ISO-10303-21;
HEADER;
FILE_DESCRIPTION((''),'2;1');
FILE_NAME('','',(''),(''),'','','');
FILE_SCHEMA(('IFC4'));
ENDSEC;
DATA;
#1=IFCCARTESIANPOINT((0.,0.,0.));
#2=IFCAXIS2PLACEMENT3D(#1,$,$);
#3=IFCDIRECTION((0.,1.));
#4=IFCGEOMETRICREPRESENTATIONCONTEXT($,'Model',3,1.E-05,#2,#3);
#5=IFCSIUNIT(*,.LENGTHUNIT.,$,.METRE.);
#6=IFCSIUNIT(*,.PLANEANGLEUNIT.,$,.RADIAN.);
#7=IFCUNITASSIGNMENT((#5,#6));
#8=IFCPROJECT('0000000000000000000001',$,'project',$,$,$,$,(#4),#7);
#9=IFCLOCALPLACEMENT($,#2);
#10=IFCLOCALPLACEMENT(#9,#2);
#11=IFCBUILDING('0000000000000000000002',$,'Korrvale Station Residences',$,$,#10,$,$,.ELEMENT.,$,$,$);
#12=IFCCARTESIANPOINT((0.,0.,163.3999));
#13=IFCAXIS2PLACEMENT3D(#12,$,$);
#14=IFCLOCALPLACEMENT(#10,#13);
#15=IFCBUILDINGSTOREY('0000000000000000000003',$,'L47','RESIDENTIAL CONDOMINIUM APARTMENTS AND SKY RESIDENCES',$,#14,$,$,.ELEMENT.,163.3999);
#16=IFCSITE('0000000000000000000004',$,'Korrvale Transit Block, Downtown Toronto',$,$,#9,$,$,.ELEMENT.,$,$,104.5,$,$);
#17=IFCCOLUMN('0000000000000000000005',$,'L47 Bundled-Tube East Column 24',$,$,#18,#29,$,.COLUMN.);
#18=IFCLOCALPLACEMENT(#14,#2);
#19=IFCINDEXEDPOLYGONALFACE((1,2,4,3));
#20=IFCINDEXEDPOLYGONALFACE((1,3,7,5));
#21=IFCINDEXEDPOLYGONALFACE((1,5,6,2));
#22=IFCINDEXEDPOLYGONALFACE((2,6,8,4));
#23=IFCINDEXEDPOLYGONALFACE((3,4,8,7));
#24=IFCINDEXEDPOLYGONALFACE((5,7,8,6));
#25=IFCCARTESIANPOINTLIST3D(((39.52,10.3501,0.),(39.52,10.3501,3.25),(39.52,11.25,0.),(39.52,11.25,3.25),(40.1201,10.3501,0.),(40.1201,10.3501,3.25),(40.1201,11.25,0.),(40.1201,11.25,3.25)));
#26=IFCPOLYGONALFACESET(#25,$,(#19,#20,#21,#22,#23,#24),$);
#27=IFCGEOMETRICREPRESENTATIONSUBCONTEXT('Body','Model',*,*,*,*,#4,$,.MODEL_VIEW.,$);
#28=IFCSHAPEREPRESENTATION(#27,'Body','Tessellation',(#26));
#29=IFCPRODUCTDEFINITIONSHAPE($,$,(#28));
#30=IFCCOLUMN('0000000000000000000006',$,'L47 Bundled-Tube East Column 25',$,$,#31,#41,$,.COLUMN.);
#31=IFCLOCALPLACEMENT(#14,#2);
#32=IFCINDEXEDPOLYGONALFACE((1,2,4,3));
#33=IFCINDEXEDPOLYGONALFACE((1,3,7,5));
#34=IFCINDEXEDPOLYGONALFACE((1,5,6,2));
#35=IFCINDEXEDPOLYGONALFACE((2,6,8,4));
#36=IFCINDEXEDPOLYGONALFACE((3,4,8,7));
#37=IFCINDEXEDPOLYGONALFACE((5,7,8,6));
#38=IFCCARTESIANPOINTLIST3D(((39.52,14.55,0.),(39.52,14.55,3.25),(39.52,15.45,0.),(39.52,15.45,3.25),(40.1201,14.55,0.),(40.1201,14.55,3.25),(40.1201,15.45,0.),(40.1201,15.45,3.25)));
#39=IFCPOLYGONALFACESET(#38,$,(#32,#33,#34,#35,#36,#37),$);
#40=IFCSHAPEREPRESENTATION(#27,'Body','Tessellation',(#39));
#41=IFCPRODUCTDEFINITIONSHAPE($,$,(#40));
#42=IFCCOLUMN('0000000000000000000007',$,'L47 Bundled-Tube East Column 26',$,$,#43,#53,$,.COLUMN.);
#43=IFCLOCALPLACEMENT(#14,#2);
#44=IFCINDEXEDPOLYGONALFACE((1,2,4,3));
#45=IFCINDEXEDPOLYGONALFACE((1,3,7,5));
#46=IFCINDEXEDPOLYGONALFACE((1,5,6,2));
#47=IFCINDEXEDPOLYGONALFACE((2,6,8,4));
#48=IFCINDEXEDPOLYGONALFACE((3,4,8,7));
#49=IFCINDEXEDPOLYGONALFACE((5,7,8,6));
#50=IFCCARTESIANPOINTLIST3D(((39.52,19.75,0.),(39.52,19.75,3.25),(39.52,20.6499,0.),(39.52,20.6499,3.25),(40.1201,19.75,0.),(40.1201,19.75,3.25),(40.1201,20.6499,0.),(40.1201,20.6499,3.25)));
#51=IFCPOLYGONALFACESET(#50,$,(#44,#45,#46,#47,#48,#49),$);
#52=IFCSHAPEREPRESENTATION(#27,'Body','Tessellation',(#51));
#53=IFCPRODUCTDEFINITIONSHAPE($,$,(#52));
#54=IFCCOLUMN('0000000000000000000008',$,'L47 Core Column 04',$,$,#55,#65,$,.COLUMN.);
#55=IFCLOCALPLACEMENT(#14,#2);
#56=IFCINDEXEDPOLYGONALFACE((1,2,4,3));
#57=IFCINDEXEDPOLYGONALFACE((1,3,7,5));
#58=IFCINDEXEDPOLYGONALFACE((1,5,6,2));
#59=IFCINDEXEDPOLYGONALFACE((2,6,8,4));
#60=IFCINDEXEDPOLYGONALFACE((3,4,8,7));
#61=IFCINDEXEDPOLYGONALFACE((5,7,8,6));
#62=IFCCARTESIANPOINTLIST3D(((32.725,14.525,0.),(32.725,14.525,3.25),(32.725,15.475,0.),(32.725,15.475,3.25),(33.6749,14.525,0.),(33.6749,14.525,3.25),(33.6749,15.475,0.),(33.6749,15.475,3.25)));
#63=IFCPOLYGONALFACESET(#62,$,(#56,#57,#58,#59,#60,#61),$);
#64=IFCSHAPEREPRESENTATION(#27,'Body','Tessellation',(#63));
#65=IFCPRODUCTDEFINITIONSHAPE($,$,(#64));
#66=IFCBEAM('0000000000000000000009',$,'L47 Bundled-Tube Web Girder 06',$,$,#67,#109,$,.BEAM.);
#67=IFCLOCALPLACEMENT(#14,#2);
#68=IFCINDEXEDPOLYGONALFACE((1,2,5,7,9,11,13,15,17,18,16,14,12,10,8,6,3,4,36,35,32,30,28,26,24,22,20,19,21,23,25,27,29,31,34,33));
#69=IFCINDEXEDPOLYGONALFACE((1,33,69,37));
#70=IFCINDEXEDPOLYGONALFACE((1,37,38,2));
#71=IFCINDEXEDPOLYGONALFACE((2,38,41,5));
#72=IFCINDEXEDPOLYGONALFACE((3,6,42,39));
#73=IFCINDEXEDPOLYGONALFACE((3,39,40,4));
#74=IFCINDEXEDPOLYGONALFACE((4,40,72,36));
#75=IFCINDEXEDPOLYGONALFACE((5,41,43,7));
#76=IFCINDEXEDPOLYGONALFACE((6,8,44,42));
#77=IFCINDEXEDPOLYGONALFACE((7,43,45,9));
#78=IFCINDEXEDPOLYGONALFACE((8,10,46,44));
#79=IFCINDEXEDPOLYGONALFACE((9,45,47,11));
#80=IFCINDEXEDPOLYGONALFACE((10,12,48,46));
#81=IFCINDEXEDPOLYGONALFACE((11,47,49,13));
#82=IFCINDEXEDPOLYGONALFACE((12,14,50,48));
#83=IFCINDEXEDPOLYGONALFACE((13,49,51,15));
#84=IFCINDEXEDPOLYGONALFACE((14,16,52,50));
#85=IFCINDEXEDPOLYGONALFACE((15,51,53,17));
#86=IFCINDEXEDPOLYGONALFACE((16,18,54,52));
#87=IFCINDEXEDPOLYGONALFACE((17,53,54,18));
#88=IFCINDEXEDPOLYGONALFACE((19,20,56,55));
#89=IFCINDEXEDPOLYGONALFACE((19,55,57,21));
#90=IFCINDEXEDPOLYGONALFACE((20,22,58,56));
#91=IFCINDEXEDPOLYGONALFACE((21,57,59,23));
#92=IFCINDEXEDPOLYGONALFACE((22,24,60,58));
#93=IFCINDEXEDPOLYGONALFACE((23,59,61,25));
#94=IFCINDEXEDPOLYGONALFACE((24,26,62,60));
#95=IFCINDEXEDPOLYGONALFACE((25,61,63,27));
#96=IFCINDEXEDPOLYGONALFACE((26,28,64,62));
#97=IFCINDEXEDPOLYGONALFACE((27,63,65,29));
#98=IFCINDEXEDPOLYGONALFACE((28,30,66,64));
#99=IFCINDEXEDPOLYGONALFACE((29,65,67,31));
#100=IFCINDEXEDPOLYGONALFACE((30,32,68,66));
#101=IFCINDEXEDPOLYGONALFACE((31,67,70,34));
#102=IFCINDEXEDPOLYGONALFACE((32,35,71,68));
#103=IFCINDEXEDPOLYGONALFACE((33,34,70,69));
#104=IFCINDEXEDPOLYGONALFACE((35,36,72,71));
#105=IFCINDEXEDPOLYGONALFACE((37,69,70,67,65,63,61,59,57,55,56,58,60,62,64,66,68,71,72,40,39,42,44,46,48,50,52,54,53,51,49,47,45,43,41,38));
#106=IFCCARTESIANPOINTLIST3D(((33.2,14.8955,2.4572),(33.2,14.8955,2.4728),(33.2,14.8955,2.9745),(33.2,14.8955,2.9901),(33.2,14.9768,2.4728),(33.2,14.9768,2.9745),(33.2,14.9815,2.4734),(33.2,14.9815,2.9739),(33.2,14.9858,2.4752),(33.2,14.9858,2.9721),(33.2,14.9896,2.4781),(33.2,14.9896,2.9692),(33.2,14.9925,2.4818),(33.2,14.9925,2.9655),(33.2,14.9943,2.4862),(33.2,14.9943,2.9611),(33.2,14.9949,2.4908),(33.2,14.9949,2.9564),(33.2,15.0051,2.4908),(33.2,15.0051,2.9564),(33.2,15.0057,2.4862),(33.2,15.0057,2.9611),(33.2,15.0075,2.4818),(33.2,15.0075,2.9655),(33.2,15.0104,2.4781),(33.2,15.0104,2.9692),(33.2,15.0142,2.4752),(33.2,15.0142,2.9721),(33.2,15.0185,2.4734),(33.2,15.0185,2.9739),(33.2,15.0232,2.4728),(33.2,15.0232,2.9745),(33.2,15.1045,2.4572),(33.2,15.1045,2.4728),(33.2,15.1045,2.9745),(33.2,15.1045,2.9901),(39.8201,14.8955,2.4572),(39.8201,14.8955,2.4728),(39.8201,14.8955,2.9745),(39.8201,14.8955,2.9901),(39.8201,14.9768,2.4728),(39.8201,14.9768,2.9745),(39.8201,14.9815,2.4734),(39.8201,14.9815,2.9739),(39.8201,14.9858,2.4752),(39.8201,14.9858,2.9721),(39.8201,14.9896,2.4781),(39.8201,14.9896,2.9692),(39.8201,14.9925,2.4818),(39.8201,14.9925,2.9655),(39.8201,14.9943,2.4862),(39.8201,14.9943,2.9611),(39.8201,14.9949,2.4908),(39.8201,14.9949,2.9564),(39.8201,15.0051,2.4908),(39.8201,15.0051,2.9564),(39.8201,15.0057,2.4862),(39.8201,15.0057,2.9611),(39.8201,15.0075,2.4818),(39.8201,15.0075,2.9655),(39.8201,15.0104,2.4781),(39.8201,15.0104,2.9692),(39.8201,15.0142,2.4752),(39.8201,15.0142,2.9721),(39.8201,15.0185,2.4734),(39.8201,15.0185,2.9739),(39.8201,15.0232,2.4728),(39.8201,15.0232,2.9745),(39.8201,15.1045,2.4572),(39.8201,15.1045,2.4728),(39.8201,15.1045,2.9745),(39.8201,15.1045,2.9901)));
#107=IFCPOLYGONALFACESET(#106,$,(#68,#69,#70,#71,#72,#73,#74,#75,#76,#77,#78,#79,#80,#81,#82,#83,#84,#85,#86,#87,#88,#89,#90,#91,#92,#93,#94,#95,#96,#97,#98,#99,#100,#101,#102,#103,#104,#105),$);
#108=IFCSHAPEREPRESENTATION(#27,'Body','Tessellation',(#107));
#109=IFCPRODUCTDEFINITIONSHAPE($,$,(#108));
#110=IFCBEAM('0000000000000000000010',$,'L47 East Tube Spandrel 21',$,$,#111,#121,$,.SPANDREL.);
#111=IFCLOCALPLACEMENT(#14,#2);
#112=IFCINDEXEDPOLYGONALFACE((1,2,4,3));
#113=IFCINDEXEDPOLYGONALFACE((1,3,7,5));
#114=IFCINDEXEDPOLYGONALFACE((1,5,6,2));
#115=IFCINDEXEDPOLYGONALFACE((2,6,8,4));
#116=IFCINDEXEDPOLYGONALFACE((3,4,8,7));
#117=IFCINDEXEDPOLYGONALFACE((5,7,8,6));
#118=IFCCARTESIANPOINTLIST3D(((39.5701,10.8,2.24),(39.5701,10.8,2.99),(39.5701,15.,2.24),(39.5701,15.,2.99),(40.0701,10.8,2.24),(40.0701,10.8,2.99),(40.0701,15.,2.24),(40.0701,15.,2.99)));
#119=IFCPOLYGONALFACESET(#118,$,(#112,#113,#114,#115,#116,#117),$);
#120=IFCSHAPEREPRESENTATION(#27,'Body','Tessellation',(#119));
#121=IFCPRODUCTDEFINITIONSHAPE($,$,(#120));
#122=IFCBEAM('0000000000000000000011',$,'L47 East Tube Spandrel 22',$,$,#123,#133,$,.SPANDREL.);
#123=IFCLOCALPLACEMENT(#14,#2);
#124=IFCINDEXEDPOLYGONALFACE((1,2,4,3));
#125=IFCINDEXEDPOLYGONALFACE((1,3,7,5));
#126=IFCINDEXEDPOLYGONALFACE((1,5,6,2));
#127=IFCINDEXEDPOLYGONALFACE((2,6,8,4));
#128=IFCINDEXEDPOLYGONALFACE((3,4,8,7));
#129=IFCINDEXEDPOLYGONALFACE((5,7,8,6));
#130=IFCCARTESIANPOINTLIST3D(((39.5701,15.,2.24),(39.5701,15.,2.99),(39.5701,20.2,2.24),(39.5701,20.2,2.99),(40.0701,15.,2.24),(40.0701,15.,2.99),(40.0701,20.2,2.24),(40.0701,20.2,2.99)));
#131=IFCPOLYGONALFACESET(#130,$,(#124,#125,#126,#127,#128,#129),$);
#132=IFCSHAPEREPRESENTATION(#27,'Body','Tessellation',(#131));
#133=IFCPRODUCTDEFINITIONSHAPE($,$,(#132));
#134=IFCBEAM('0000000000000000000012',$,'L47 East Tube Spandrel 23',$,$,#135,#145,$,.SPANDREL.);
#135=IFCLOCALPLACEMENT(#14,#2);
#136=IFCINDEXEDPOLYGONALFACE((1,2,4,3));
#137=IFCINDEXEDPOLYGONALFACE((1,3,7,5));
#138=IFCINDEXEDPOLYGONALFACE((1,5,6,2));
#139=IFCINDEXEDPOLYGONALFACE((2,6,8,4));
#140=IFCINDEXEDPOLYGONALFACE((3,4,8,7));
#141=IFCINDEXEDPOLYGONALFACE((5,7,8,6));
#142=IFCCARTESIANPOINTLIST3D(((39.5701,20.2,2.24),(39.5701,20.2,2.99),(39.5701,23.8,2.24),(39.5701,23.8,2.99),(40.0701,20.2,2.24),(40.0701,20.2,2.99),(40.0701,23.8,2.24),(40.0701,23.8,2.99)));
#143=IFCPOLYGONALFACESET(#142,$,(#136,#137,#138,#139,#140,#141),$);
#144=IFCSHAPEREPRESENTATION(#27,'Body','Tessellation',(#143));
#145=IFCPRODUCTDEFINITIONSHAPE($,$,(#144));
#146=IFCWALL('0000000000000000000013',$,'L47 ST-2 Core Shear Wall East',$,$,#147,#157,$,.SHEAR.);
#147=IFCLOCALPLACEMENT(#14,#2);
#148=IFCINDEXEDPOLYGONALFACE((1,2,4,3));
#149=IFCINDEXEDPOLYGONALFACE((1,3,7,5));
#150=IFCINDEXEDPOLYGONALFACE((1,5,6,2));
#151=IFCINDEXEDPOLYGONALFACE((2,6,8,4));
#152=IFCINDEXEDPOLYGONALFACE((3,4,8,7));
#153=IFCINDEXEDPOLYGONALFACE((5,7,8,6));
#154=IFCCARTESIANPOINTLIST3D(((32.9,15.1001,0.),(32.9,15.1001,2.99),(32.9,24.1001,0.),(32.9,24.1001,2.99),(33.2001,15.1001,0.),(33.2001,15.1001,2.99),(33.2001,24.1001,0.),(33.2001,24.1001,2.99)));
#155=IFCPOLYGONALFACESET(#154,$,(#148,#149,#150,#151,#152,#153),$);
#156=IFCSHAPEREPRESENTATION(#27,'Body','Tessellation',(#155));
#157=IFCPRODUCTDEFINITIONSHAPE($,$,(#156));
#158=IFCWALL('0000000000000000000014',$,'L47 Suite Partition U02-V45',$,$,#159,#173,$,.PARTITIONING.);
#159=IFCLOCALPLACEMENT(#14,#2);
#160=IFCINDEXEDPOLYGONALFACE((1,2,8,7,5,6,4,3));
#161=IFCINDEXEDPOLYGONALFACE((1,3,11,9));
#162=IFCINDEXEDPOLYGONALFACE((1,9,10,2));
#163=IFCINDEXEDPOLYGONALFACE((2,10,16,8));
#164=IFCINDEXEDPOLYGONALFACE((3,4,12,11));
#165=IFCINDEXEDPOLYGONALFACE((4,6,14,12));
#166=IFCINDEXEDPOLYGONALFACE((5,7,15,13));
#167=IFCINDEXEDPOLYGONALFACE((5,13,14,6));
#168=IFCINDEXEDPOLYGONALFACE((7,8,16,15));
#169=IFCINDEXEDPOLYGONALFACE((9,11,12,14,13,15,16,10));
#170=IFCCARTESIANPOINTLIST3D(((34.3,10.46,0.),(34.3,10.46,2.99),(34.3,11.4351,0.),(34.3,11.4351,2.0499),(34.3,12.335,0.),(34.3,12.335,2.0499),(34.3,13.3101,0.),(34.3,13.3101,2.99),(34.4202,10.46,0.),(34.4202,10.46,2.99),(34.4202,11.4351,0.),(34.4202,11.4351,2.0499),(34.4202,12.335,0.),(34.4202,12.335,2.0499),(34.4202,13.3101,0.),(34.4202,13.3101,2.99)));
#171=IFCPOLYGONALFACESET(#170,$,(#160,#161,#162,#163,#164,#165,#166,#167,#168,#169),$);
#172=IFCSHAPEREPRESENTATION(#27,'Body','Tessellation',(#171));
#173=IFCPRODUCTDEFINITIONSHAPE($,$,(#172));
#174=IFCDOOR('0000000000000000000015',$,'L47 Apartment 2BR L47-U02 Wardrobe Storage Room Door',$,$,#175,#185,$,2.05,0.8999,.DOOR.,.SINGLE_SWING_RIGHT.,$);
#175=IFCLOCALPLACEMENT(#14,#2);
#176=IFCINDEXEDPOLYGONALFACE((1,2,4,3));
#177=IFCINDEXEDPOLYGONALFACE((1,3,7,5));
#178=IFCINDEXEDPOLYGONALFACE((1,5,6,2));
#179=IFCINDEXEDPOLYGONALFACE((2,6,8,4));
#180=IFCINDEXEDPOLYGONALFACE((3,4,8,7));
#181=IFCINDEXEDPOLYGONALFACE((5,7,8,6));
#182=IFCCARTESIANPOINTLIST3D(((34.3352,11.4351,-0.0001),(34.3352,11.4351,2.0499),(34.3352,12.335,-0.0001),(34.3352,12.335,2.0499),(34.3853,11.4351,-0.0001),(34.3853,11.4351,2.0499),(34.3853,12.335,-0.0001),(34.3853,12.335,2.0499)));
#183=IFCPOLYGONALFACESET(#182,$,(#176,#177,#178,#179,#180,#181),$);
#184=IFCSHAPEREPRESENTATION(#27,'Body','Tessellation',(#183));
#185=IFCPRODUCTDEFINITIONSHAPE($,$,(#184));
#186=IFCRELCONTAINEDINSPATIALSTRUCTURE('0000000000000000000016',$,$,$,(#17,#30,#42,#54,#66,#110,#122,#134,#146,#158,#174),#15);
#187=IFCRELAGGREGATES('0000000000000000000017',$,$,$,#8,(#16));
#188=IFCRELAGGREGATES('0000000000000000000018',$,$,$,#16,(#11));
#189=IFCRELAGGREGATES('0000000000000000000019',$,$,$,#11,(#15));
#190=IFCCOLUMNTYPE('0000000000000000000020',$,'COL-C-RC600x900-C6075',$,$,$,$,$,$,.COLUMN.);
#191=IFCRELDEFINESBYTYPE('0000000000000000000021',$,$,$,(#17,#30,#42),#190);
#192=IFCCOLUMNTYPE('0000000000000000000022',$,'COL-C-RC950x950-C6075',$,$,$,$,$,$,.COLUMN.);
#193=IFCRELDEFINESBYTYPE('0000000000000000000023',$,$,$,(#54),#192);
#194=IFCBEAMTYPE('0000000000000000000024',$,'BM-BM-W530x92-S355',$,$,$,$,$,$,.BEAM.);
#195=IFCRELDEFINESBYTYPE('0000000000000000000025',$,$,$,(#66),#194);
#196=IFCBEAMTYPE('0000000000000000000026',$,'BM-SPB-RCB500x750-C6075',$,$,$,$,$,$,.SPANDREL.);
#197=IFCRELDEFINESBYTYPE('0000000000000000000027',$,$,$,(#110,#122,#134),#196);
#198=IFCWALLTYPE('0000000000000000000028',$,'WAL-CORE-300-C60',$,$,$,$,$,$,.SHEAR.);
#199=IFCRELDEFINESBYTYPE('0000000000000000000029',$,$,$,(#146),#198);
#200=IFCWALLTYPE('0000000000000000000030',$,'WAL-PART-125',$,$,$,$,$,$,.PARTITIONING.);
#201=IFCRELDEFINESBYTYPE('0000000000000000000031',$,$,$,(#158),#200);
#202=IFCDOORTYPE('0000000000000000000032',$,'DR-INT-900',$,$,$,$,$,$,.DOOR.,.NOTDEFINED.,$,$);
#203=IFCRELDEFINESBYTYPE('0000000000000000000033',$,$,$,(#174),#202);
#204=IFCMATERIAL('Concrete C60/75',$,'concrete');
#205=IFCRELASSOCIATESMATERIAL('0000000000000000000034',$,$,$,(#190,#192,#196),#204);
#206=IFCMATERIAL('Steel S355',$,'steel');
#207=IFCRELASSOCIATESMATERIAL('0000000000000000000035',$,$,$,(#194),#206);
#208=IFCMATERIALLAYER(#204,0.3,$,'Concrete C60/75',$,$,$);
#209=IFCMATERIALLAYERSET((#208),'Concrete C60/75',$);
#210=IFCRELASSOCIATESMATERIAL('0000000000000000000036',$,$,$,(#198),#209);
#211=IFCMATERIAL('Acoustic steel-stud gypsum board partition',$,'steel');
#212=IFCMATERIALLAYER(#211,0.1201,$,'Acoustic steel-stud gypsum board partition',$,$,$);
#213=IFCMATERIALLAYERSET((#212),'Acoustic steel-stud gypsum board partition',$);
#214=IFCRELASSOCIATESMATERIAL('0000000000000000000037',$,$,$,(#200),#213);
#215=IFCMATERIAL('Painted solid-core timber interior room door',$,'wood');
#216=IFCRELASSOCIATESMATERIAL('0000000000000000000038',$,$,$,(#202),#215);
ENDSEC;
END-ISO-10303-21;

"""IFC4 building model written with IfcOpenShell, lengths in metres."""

from ifc_helpers import new_model, si_unit, direction, frame, frame_2d, origin, origin_2d, place, context, subcontext, project, spatial, rectangle, i_section, extrude, material, layer, layer_set, material_profile, profile_set, type_object, element, fill, save


model = new_model("IFC4")

# Units and contexts
model_context = context("Model", 3, precision=1e-05, world=origin(), true_north=direction((0.0, 1.0)))
body_context = subcontext(model_context, "Body", "Model", "MODEL_VIEW")
ifc_project = project(units=[si_unit("LENGTHUNIT", "METRE"), si_unit("PLANEANGLEUNIT", "RADIAN")], contexts=[model_context])

# Site, building, storey
site_placement = place(None, origin())
site = spatial("IfcSite", under=ifc_project, at=site_placement, Name="Korrvale Transit Block, Downtown Toronto", CompositionType="ELEMENT", RefElevation=104.5)
building_placement = place(site_placement, origin())
building = spatial("IfcBuilding", under=site, at=building_placement, Name="Korrvale Station Residences", CompositionType="ELEMENT")
storey_placement = place(building_placement, frame((0.0, 0.0, 163.3999)))
storey = spatial("IfcBuildingStorey", under=building, at=storey_placement, Name="L47", Description="RESIDENTIAL CONDOMINIUM APARTMENTS AND SKY RESIDENCES", CompositionType="ELEMENT", Elevation=163.3999)

# Columns
ifc_material_1 = material(Name="Concrete C60/75", Category="concrete")
ifc_material_profile_1 = material_profile(ifc_material_1, rectangle(XDim=0.6001, YDim=0.8999, at=origin_2d()), Name="RC600x900")
ifc_profile_set_1 = profile_set([ifc_material_profile_1], Name="Concrete C60/75")
column_type_1 = type_object("IfcColumnType", Name="COL-C-RC600x900-C6075", PredefinedType="COLUMN", material=ifc_profile_set_1)
for number, where, z_axis, x_axis, name in (
    (1, (39.8201, 10.8, 0.0), (0.0, 0.0, 1.0), (1.0, 0.0, 0.0), "L47 Bundled-Tube East Column 24"),
    (2, (39.8201, 15.0, 0.0), (0.0, 0.0, 1.0), (1.0, 0.0, 0.0), "L47 Bundled-Tube East Column 25"),
    (3, (39.8201, 20.2, 0.0), (0.0, 0.0, 1.0), (1.0, 0.0, 0.0), "L47 Bundled-Tube East Column 26"),
):
    element("IfcColumn", number, at=place(storey_placement, frame(where, z_axis=z_axis, x_axis=x_axis)), inside=storey, type_object=column_type_1, Name=name, PredefinedType="COLUMN", context=body_context, shape_type="SweptSolid", body=[
        extrude(rectangle(XDim=0.6001, YDim=0.8999, at=origin_2d()), origin(), (0.0, 0.0, 1.0), 3.25),
    ])
ifc_material_profile_2 = material_profile(ifc_material_1, rectangle(XDim=0.95, YDim=0.95, at=origin_2d()), Name="RC950x950")
ifc_profile_set_2 = profile_set([ifc_material_profile_2], Name="Concrete C60/75")
column_type_2 = type_object("IfcColumnType", Name="COL-C-RC950x950-C6075", PredefinedType="COLUMN", material=ifc_profile_set_2)
column_placement = place(storey_placement, frame((33.2, 15.0, 0.0), z_axis=(0.0, 0.0, 1.0), x_axis=(1.0, 0.0, 0.0)))
element("IfcColumn", 4, at=column_placement, inside=storey, type_object=column_type_2, Name="L47 Core Column 04", PredefinedType="COLUMN", context=body_context, shape_type="SweptSolid", body=[
    extrude(rectangle(XDim=0.95, YDim=0.95, at=origin_2d()), origin(), (0.0, 0.0, 1.0), 3.25),
])

# Beams
ifc_material_2 = material(Name="Steel S355", Category="steel")
ifc_material_profile_3 = material_profile(ifc_material_2, i_section(OverallWidth=0.209, OverallDepth=0.533, WebThickness=0.0103, FlangeThickness=0.0156, FilletRadius=0.0181, at=origin_2d()), Name="W530x92")
ifc_profile_set_3 = profile_set([ifc_material_profile_3], Name="Steel S355")
beam_type_1 = type_object("IfcBeamType", Name="BM-BM-W530x92-S355", PredefinedType="BEAM", material=ifc_profile_set_3)
beam_1_placement = place(storey_placement, frame((33.2, 15.0, 2.7236), z_axis=(1.0, 0.0, 0.0), x_axis=(0.0, 1.0, 0.0)))
element("IfcBeam", 5, at=beam_1_placement, inside=storey, type_object=beam_type_1, Name="L47 Bundled-Tube Web Girder 06", PredefinedType="BEAM", context=body_context, shape_type="SweptSolid", body=[
    extrude(i_section(OverallWidth=0.209, OverallDepth=0.533, WebThickness=0.0103, FlangeThickness=0.0156, FilletRadius=0.0181, at=origin_2d()), origin(), (0.0, 0.0, 1.0), 6.6201),
])
ifc_material_profile_4 = material_profile(ifc_material_1, rectangle(XDim=0.5, YDim=0.75, at=origin_2d()), Name="RCB500x750")
ifc_profile_set_4 = profile_set([ifc_material_profile_4], Name="Concrete C60/75")
beam_type_2 = type_object("IfcBeamType", Name="BM-SPB-RCB500x750-C6075", PredefinedType="SPANDREL", material=ifc_profile_set_4)
beam_2_placement = place(storey_placement, frame((39.8201, 10.8, 2.615), z_axis=(0.0, 1.0, 0.0), x_axis=(-1.0, 0.0, 0.0)))
element("IfcBeam", 6, at=beam_2_placement, inside=storey, type_object=beam_type_2, Name="L47 East Tube Spandrel 21", PredefinedType="SPANDREL", context=body_context, shape_type="SweptSolid", body=[
    extrude(rectangle(XDim=0.5, YDim=0.75, at=origin_2d()), origin(), (0.0, 0.0, 1.0), 4.2),
])
beam_3_placement = place(storey_placement, frame((39.8201, 15.0, 2.615), z_axis=(0.0, 1.0, 0.0), x_axis=(-1.0, 0.0, 0.0)))
element("IfcBeam", 7, at=beam_3_placement, inside=storey, type_object=beam_type_2, Name="L47 East Tube Spandrel 22", PredefinedType="SPANDREL", context=body_context, shape_type="SweptSolid", body=[
    extrude(rectangle(XDim=0.5, YDim=0.75, at=origin_2d()), origin(), (0.0, 0.0, 1.0), 5.2),
])
beam_4_placement = place(storey_placement, frame((39.8201, 20.2, 2.615), z_axis=(0.0, 1.0, 0.0), x_axis=(-1.0, 0.0, 0.0)))
element("IfcBeam", 8, at=beam_4_placement, inside=storey, type_object=beam_type_2, Name="L47 East Tube Spandrel 23", PredefinedType="SPANDREL", context=body_context, shape_type="SweptSolid", body=[
    extrude(rectangle(XDim=0.5, YDim=0.75, at=origin_2d()), origin(), (0.0, 0.0, 1.0), 3.6001),
])

# Wall
ifc_layer_1 = layer(ifc_material_1, 0.3, Name="Concrete C60/75")
ifc_layer_set_1 = layer_set([ifc_layer_1], Name="Concrete C60/75")
wall_type_1 = type_object("IfcWallType", Name="WAL-CORE-300-C60", PredefinedType="SHEAR", material=ifc_layer_set_1)
wall_1_placement = place(storey_placement, frame((33.05, 15.1001, 0.0), z_axis=(0.0, 0.0, 1.0), x_axis=(0.0, 1.0, 0.0)))
element("IfcWall", 9, at=wall_1_placement, inside=storey, type_object=wall_type_1, Name="L47 ST-2 Core Shear Wall East", PredefinedType="SHEAR", context=body_context, shape_type="SweptSolid", body=[
    extrude(rectangle(XDim=9.0, YDim=0.3, at=frame_2d((4.5, 0.0))), origin(), (0.0, 0.0, 1.0), 2.99),
])

# Wall, opening, door
ifc_material_3 = material(Name="Acoustic steel-stud gypsum board partition", Category="steel")
ifc_layer_2 = layer(ifc_material_3, 0.1201, Name="Acoustic steel-stud gypsum board partition")
ifc_layer_set_2 = layer_set([ifc_layer_2], Name="Acoustic steel-stud gypsum board partition")
wall_type_2 = type_object("IfcWallType", Name="WAL-PART-125", PredefinedType="PARTITIONING", material=ifc_layer_set_2)
wall_2_placement = place(storey_placement, frame((34.3601, 10.46, 0.0), z_axis=(0.0, 0.0, 1.0), x_axis=(0.0, 1.0, 0.0)))
wall_2 = element("IfcWall", 10, at=wall_2_placement, inside=storey, type_object=wall_type_2, Name="L47 Suite Partition U02-V45", PredefinedType="PARTITIONING", context=body_context, shape_type="SweptSolid", body=[
    extrude(rectangle(XDim=2.8501, YDim=0.1201, at=frame_2d((1.425, 0.0))), origin(), (0.0, 0.0, 1.0), 2.99),
])
opening_1_placement = place(wall_2_placement, frame((0.9751, 0.0, 0.0)))
opening_1 = element("IfcOpeningElement", 11, at=opening_1_placement, cuts=wall_2, PredefinedType="OPENING", context=body_context, shape_type="SweptSolid", body=[
    extrude(rectangle(XDim=0.8999, YDim=2.05, at=frame_2d((0.45, 1.0249))), frame((0.0, 0.0701, 0.0), z_axis=(0.0, -1.0, 0.0), x_axis=(1.0, 0.0, 0.0)), (0.0, 0.0, 1.0), 0.1401),
])
ifc_material_4 = material(Name="Painted solid-core timber interior room door", Category="wood")
door_type_1 = type_object("IfcDoorType", Name="DR-INT-900", OperationType="NOTDEFINED", PredefinedType="DOOR", material=ifc_material_4)
door_1_placement = place(opening_1_placement, origin())
door_1 = element("IfcDoor", 12, at=door_1_placement, inside=storey, type_object=door_type_1, Name="L47 Apartment 2BR L47-U02 Wardrobe Storage Room Door", OperationType="SINGLE_SWING_RIGHT", OverallHeight=2.05, OverallWidth=0.8999, PredefinedType="DOOR", context=body_context, shape_type="SweptSolid", body=[
    extrude(rectangle(XDim=0.8999, YDim=2.05, at=frame_2d((0.45, 1.0249))), frame((0.0, 0.0249, 0.0), z_axis=(0.0, -1.0, 0.0), x_axis=(1.0, 0.0, 0.0)), (0.0, 0.0, 1.0), 0.05),
])
fill(opening_1, door_1)

save(model, "model.ifc")
